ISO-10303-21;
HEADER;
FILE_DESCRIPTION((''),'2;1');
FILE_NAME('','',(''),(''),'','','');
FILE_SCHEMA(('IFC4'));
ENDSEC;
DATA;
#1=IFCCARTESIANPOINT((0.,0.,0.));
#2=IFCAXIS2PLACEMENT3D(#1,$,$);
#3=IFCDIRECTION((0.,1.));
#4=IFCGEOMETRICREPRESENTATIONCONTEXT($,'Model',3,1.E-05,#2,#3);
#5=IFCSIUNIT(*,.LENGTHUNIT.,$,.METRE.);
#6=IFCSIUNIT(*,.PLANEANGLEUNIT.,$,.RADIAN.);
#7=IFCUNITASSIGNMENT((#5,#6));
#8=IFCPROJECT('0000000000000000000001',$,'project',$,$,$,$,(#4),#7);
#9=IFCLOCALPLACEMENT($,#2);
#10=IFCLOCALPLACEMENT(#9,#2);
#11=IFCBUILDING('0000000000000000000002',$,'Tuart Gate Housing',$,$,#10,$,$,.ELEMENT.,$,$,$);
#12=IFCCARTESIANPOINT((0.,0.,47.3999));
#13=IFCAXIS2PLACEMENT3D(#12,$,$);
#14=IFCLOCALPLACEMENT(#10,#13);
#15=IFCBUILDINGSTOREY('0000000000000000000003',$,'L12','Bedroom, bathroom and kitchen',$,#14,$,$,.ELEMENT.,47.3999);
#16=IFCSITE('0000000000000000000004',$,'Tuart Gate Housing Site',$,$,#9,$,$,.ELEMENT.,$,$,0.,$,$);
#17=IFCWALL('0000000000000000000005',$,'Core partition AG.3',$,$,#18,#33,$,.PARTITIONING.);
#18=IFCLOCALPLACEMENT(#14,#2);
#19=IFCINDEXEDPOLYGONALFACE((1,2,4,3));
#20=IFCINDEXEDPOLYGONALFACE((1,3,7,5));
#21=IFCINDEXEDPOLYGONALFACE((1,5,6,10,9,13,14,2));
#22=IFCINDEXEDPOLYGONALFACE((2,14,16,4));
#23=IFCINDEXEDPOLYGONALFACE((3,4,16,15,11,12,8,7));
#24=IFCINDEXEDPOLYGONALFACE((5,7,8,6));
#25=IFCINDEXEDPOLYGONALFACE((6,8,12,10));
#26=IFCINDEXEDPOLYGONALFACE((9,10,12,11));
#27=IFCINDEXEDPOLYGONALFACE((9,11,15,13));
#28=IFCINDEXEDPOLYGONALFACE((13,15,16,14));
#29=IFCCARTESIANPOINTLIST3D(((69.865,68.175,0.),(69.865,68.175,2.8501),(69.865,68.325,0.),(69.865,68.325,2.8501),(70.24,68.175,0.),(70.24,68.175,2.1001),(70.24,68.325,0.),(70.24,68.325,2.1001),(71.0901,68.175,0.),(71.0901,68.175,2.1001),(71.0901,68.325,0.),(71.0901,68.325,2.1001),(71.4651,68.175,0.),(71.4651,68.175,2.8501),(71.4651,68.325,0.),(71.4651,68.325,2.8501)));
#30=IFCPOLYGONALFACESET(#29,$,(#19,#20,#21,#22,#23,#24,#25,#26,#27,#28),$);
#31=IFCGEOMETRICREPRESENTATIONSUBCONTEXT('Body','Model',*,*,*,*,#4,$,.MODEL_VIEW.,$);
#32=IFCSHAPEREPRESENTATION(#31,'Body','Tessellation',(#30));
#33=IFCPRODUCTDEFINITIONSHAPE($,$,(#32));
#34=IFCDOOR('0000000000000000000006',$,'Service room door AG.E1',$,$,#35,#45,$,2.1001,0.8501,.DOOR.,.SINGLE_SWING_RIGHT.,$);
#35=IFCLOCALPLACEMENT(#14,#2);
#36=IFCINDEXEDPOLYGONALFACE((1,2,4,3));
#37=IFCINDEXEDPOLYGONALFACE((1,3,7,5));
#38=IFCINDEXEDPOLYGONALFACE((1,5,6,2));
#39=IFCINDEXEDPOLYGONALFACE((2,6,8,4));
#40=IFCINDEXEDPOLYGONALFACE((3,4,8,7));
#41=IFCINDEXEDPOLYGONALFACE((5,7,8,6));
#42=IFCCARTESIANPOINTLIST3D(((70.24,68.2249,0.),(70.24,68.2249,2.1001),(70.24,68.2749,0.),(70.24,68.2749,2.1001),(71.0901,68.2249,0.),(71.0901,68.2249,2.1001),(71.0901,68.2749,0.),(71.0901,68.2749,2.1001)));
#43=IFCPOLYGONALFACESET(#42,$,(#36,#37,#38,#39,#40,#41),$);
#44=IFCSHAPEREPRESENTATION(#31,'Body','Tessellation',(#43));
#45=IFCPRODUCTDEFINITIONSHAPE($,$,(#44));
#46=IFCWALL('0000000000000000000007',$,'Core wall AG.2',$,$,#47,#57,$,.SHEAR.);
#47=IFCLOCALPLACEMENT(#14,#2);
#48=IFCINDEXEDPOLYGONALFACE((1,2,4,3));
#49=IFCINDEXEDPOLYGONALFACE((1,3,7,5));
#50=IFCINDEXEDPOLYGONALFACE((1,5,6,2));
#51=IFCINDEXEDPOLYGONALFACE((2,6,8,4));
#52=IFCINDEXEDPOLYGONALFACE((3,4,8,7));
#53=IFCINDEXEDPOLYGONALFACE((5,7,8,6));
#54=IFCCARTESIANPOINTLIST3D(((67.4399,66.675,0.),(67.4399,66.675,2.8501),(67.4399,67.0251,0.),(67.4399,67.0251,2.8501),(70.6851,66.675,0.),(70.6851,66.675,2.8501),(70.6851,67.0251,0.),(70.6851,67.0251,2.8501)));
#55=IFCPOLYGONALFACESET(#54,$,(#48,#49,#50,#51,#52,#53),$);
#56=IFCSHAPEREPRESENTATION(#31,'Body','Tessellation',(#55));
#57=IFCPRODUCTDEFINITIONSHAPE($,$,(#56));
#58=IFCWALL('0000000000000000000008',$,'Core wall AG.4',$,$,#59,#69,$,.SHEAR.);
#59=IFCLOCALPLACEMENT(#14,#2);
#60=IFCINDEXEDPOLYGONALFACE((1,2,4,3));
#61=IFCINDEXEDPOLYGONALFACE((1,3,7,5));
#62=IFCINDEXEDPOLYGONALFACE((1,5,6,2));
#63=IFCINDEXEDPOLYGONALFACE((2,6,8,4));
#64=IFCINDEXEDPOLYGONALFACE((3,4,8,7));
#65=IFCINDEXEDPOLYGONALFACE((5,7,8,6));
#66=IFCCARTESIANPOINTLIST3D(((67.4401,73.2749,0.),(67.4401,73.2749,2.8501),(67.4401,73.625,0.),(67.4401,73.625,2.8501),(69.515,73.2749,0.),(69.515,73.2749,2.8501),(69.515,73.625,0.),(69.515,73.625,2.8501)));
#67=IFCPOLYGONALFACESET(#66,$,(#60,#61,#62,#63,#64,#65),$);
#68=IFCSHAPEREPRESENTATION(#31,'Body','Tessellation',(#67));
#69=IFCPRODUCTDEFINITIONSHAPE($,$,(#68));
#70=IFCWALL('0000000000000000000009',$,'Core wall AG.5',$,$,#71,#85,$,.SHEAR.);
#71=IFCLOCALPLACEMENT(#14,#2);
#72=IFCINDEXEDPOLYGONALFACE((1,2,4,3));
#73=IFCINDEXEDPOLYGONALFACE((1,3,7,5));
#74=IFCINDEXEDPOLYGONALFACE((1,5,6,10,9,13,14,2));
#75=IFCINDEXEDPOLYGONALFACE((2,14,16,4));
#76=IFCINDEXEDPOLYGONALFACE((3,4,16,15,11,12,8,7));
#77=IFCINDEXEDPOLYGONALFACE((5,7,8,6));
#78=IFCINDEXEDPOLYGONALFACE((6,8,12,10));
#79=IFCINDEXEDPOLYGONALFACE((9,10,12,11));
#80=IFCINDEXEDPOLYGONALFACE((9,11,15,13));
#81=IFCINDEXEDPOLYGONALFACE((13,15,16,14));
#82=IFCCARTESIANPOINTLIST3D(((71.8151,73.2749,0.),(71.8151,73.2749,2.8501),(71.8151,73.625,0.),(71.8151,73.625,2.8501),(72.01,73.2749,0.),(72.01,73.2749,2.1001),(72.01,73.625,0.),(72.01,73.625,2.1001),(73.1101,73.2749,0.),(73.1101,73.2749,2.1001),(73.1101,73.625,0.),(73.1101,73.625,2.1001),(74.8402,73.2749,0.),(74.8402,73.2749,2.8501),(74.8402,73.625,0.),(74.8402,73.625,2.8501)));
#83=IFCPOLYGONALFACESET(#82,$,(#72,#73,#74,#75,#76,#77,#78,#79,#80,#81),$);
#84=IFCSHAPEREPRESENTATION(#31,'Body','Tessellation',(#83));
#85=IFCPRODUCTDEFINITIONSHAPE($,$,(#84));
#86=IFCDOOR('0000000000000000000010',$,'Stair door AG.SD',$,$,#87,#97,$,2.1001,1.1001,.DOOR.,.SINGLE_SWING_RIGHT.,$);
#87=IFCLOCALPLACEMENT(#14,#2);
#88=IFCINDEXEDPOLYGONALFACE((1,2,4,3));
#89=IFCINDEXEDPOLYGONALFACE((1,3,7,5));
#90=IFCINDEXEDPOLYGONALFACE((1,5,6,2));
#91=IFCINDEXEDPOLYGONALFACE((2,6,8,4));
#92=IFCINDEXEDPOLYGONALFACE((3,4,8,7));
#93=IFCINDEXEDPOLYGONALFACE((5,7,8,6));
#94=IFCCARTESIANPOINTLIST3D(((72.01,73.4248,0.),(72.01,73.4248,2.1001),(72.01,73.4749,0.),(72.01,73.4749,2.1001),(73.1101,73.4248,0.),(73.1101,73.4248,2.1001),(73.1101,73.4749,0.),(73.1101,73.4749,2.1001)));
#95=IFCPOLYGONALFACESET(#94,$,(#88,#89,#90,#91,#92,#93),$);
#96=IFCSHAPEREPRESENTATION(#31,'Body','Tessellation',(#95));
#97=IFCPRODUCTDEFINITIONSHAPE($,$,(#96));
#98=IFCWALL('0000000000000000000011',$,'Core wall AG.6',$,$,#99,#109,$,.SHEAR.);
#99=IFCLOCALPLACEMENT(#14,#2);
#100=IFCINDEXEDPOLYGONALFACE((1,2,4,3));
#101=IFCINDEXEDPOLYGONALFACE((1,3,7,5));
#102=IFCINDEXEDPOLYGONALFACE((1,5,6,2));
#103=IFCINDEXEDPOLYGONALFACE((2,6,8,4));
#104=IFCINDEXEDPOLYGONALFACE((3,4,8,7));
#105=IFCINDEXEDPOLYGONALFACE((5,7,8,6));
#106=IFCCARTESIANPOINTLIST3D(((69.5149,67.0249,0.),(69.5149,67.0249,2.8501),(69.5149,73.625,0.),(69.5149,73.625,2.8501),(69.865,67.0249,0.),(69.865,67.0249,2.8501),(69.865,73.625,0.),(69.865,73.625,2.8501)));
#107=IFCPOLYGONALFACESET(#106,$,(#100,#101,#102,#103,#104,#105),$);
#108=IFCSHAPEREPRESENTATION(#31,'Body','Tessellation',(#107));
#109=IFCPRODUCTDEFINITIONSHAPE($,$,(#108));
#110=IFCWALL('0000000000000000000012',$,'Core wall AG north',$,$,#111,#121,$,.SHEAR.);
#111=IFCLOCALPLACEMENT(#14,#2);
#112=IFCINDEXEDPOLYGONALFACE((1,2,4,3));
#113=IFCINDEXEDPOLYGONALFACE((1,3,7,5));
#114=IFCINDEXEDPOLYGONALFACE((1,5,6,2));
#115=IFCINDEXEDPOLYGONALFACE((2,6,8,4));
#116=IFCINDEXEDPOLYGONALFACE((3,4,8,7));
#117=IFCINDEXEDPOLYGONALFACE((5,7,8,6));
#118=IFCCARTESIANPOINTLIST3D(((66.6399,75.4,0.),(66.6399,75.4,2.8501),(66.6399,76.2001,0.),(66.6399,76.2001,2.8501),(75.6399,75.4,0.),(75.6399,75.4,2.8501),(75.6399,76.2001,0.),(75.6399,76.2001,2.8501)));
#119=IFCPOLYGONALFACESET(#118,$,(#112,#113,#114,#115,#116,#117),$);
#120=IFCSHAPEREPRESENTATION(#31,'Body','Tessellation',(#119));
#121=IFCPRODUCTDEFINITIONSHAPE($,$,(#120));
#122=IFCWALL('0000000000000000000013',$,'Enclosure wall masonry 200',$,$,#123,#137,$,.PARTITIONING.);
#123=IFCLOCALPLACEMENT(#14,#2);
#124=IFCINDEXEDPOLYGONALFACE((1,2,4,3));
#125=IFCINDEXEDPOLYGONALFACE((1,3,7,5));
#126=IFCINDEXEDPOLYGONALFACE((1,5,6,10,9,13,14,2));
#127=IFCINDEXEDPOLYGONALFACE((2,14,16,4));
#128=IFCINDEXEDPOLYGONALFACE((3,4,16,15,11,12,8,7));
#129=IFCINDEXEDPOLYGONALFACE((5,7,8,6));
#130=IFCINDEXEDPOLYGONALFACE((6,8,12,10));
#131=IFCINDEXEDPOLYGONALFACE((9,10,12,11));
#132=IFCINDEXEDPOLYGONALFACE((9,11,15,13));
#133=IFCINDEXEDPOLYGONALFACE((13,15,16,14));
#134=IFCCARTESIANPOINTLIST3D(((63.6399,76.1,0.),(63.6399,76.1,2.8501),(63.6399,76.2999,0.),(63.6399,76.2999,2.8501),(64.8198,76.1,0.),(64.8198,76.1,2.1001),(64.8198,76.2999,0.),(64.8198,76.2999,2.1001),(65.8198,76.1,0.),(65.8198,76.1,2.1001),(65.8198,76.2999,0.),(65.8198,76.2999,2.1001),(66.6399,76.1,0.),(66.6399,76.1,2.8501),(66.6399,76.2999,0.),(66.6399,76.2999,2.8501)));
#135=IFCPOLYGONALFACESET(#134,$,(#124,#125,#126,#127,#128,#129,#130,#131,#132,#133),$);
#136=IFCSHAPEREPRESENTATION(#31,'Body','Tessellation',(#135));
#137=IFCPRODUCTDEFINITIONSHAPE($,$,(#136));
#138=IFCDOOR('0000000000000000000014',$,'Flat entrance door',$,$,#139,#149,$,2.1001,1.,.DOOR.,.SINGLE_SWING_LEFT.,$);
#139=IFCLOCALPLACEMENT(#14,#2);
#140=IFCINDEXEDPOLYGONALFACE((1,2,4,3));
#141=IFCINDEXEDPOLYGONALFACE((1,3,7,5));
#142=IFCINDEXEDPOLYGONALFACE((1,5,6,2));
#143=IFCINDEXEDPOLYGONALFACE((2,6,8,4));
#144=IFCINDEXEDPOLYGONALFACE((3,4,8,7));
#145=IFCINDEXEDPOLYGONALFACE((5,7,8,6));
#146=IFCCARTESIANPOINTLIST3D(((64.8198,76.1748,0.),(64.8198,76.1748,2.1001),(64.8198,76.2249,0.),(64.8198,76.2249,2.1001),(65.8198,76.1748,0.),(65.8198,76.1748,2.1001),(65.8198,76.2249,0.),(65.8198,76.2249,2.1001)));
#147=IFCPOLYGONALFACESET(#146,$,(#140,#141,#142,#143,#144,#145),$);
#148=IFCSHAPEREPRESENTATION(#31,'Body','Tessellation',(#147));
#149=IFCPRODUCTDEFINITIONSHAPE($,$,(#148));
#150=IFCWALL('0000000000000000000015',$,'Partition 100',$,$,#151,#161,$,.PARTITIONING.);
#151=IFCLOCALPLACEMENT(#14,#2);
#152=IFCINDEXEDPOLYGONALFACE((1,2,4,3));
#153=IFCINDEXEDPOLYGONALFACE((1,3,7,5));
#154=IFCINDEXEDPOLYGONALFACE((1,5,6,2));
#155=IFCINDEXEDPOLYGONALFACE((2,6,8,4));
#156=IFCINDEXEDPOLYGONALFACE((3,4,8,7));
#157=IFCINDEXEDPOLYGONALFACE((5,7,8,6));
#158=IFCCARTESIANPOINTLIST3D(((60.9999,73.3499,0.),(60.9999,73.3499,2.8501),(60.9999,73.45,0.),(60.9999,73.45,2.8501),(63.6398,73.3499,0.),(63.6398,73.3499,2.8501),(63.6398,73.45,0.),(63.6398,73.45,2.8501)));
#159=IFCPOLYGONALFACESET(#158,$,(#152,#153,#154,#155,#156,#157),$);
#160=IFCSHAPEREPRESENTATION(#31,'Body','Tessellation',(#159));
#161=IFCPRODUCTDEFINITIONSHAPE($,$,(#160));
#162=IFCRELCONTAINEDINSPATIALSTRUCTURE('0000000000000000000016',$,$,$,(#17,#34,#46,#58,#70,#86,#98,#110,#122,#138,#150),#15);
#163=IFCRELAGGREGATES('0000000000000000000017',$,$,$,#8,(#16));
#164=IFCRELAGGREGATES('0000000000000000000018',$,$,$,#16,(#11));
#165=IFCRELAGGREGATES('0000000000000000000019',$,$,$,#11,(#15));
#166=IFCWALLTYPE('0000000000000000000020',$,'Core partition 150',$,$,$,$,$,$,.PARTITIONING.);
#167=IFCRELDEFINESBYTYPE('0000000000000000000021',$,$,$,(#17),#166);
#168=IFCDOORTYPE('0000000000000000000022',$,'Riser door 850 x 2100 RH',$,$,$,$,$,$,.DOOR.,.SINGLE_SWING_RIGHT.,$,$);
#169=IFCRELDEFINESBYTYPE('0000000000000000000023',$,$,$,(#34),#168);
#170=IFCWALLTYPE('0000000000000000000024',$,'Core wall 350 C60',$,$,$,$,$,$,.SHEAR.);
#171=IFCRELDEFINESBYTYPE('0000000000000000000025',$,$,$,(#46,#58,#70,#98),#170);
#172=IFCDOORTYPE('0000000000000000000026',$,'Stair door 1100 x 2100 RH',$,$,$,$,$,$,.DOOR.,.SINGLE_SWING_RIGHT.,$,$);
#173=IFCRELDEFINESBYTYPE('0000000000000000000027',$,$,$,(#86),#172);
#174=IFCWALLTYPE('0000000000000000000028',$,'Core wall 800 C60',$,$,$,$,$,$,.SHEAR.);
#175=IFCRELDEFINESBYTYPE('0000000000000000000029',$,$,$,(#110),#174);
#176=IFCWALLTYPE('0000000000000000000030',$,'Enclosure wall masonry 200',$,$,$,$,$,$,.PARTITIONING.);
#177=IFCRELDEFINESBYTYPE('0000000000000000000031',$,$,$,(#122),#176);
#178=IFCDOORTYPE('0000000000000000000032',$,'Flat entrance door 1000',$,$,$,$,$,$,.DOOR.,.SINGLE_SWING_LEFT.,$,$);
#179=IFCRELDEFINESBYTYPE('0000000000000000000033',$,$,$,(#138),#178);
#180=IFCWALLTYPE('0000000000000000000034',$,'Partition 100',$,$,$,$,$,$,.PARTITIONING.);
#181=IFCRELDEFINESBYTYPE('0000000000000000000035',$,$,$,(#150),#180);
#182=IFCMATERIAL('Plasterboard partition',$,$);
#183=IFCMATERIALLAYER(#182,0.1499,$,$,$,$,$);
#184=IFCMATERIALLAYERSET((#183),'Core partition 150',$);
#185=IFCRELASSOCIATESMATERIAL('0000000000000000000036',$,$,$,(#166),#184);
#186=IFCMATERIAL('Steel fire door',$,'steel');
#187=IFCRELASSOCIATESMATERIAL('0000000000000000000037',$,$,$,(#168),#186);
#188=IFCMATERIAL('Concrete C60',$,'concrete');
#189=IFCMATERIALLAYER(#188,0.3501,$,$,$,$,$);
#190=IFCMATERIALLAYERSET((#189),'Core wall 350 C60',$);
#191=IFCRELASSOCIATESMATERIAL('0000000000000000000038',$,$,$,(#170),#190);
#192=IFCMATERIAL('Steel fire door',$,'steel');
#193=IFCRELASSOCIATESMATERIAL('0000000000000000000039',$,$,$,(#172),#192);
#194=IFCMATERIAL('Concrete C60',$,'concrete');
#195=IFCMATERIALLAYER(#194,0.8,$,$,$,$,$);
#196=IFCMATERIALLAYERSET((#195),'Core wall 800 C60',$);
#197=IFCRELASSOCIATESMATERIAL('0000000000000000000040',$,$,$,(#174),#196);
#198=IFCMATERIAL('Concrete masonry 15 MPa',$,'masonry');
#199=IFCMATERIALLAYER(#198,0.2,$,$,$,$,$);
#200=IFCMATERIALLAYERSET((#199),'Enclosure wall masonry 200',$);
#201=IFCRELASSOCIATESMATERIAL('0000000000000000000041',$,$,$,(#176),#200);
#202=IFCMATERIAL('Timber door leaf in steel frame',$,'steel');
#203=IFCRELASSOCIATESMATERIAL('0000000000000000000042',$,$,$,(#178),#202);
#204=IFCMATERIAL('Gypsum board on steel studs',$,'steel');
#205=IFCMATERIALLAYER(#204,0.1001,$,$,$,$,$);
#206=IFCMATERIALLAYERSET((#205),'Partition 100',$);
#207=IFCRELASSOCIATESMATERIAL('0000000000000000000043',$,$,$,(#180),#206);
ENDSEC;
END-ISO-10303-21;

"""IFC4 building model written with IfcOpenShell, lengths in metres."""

from ifc_helpers import new_model, si_unit, direction, frame, frame_2d, origin, place, context, subcontext, project, spatial, rectangle, extrude, material, layer, layer_set, type_object, element, fill, save


model = new_model("IFC4")

# Units and contexts
model_context = context("Model", 3, precision=1e-05, world=origin(), true_north=direction((0.0, 1.0)))
body_context = subcontext(model_context, "Body", "Model", "MODEL_VIEW")
ifc_project = project(units=[si_unit("LENGTHUNIT", "METRE"), si_unit("PLANEANGLEUNIT", "RADIAN")], contexts=[model_context])

# Site, building, storey
site_placement = place(None, origin())
site = spatial("IfcSite", under=ifc_project, at=site_placement, Name="Tuart Gate Housing Site", CompositionType="ELEMENT", RefElevation=0.0)
building_placement = place(site_placement, origin())
building = spatial("IfcBuilding", under=site, at=building_placement, Name="Tuart Gate Housing", CompositionType="ELEMENT")
storey_placement = place(building_placement, frame((0.0, 0.0, 47.3999)))
storey = spatial("IfcBuildingStorey", under=building, at=storey_placement, Name="L12", Description="Bedroom, bathroom and kitchen", CompositionType="ELEMENT", Elevation=47.3999)

# Wall, opening, door
ifc_material_1 = material(Name="Plasterboard partition")
ifc_layer_1 = layer(ifc_material_1, 0.1499)
ifc_layer_set_1 = layer_set([ifc_layer_1], Name="Core partition 150")
wall_type_1 = type_object("IfcWallType", Name="Core partition 150", PredefinedType="PARTITIONING", material=ifc_layer_set_1)
wall_1_placement = place(storey_placement, frame((69.865, 68.25, 0.0), z_axis=(0.0, 0.0, 1.0), x_axis=(1.0, 0.0, 0.0)))
wall_1 = element("IfcWall", 1, at=wall_1_placement, inside=storey, type_object=wall_type_1, Name="Core partition AG.3", PredefinedType="PARTITIONING", context=body_context, shape_type="SweptSolid", body=[
    extrude(rectangle(XDim=1.6001, YDim=0.1499, at=frame_2d((0.8, 0.0))), origin(), (0.0, 0.0, 1.0), 2.8501),
])
opening_1_placement = place(wall_1_placement, frame((0.375, 0.0, 0.0)))
opening_1 = element("IfcOpeningElement", 2, at=opening_1_placement, cuts=wall_1, PredefinedType="OPENING", context=body_context, shape_type="SweptSolid", body=[
    extrude(rectangle(XDim=0.8501, YDim=2.1001, at=frame_2d((0.425, 1.05))), frame((0.0, 0.085, 0.0), z_axis=(0.0, -1.0, 0.0), x_axis=(1.0, 0.0, 0.0)), (0.0, 0.0, 1.0), 0.1699),
])
ifc_material_2 = material(Name="Steel fire door", Category="steel")
door_type_1 = type_object("IfcDoorType", Name="Riser door 850 x 2100 RH", OperationType="SINGLE_SWING_RIGHT", PredefinedType="DOOR", material=ifc_material_2)
door_1_placement = place(opening_1_placement, frame((0.8501, 0.0, 0.0), z_axis=(0.0, 0.0, 1.0), x_axis=(-1.0, 0.0, 0.0)))
door_1 = element("IfcDoor", 3, at=door_1_placement, inside=storey, type_object=door_type_1, Name="Service room door AG.E1", OperationType="SINGLE_SWING_RIGHT", OverallHeight=2.1001, OverallWidth=0.8501, PredefinedType="DOOR", context=body_context, shape_type="SweptSolid", body=[
    extrude(rectangle(XDim=0.8501, YDim=2.1001, at=frame_2d((0.425, 1.05))), frame((0.0, 0.0251, 0.0), z_axis=(0.0, -1.0, 0.0), x_axis=(1.0, 0.0, 0.0)), (0.0, 0.0, 1.0), 0.05),
])
fill(opening_1, door_1)

# Walls
ifc_material_3 = material(Name="Concrete C60", Category="concrete")
ifc_layer_2 = layer(ifc_material_3, 0.3501)
ifc_layer_set_2 = layer_set([ifc_layer_2], Name="Core wall 350 C60")
wall_type_2 = type_object("IfcWallType", Name="Core wall 350 C60", PredefinedType="SHEAR", material=ifc_layer_set_2)
wall_2_placement = place(storey_placement, frame((67.4399, 66.8501, 0.0), z_axis=(0.0, 0.0, 1.0), x_axis=(1.0, 0.0, 0.0)))
element("IfcWall", 4, at=wall_2_placement, inside=storey, type_object=wall_type_2, Name="Core wall AG.2", PredefinedType="SHEAR", context=body_context, shape_type="SweptSolid", body=[
    extrude(rectangle(XDim=3.2451, YDim=0.3501, at=frame_2d((1.6226, 0.0))), origin(), (0.0, 0.0, 1.0), 2.8501),
])
wall_3_placement = place(storey_placement, frame((67.4399, 73.45, 0.0), z_axis=(0.0, 0.0, 1.0), x_axis=(1.0, 0.0, 0.0)))
element("IfcWall", 5, at=wall_3_placement, inside=storey, type_object=wall_type_2, Name="Core wall AG.4", PredefinedType="SHEAR", context=body_context, shape_type="SweptSolid", body=[
    extrude(rectangle(XDim=2.075, YDim=0.3501, at=frame_2d((1.0376, 0.0))), origin(), (0.0, 0.0, 1.0), 2.8501),
])

# Wall, opening, door
wall_4_placement = place(storey_placement, frame((71.8149, 73.45, 0.0), z_axis=(0.0, 0.0, 1.0), x_axis=(1.0, 0.0, 0.0)))
wall_4 = element("IfcWall", 6, at=wall_4_placement, inside=storey, type_object=wall_type_2, Name="Core wall AG.5", PredefinedType="SHEAR", context=body_context, shape_type="SweptSolid", body=[
    extrude(rectangle(XDim=3.0251, YDim=0.3501, at=frame_2d((1.5127, 0.0))), origin(), (0.0, 0.0, 1.0), 2.8501),
])
opening_2_placement = place(wall_4_placement, frame((0.1951, 0.0, 0.0)))
opening_2 = element("IfcOpeningElement", 7, at=opening_2_placement, cuts=wall_4, PredefinedType="OPENING", context=body_context, shape_type="SweptSolid", body=[
    extrude(rectangle(XDim=1.1001, YDim=2.1001, at=frame_2d((0.55, 1.05))), frame((0.0, 0.1851, 0.0), z_axis=(0.0, -1.0, 0.0), x_axis=(1.0, 0.0, 0.0)), (0.0, 0.0, 1.0), 0.3701),
])
ifc_material_4 = material(Name="Steel fire door", Category="steel")
door_type_2 = type_object("IfcDoorType", Name="Stair door 1100 x 2100 RH", OperationType="SINGLE_SWING_RIGHT", PredefinedType="DOOR", material=ifc_material_4)
door_2_placement = place(opening_2_placement, frame((1.1001, 0.0, 0.0), z_axis=(0.0, 0.0, 1.0), x_axis=(-1.0, 0.0, 0.0)))
door_2 = element("IfcDoor", 8, at=door_2_placement, inside=storey, type_object=door_type_2, Name="Stair door AG.SD", OperationType="SINGLE_SWING_RIGHT", OverallHeight=2.1001, OverallWidth=1.1001, PredefinedType="DOOR", context=body_context, shape_type="SweptSolid", body=[
    extrude(rectangle(XDim=1.1001, YDim=2.1001, at=frame_2d((0.55, 1.05))), frame((0.0, 0.0251, 0.0), z_axis=(0.0, -1.0, 0.0), x_axis=(1.0, 0.0, 0.0)), (0.0, 0.0, 1.0), 0.05),
])
fill(opening_2, door_2)

# Walls
wall_5_placement = place(storey_placement, frame((69.6899, 67.0249, 0.0), z_axis=(0.0, 0.0, 1.0), x_axis=(0.0, 1.0, 0.0)))
element("IfcWall", 9, at=wall_5_placement, inside=storey, type_object=wall_type_2, Name="Core wall AG.6", PredefinedType="SHEAR", context=body_context, shape_type="SweptSolid", body=[
    extrude(rectangle(XDim=6.6001, YDim=0.3501, at=frame_2d((3.3, 0.0))), origin(), (0.0, 0.0, 1.0), 2.8501),
])
ifc_material_5 = material(Name="Concrete C60", Category="concrete")
ifc_layer_3 = layer(ifc_material_5, 0.8)
ifc_layer_set_3 = layer_set([ifc_layer_3], Name="Core wall 800 C60")
wall_type_3 = type_object("IfcWallType", Name="Core wall 800 C60", PredefinedType="SHEAR", material=ifc_layer_set_3)
wall_6_placement = place(storey_placement, frame((66.6399, 75.8, 0.0), z_axis=(0.0, 0.0, 1.0), x_axis=(1.0, 0.0, 0.0)))
element("IfcWall", 10, at=wall_6_placement, inside=storey, type_object=wall_type_3, Name="Core wall AG north", PredefinedType="SHEAR", context=body_context, shape_type="SweptSolid", body=[
    extrude(rectangle(XDim=9.0, YDim=0.8, at=frame_2d((4.5, 0.0))), origin(), (0.0, 0.0, 1.0), 2.8501),
])

# Wall, opening, door
ifc_material_6 = material(Name="Concrete masonry 15 MPa", Category="masonry")
ifc_layer_4 = layer(ifc_material_6, 0.2)
ifc_layer_set_4 = layer_set([ifc_layer_4], Name="Enclosure wall masonry 200")
wall_type_4 = type_object("IfcWallType", Name="Enclosure wall masonry 200", PredefinedType="PARTITIONING", material=ifc_layer_set_4)
wall_7_placement = place(storey_placement, frame((63.6399, 76.2, 0.0), z_axis=(0.0, 0.0, 1.0), x_axis=(1.0, 0.0, 0.0)))
wall_7 = element("IfcWall", 11, at=wall_7_placement, inside=storey, type_object=wall_type_4, Name="Enclosure wall masonry 200", PredefinedType="PARTITIONING", context=body_context, shape_type="SweptSolid", body=[
    extrude(rectangle(XDim=3.0, YDim=0.2, at=frame_2d((1.5, 0.0))), origin(), (0.0, 0.0, 1.0), 2.8501),
])
opening_3_placement = place(wall_7_placement, frame((1.1799, 0.0, 0.0)))
opening_3 = element("IfcOpeningElement", 12, at=opening_3_placement, cuts=wall_7, PredefinedType="OPENING", context=body_context, shape_type="SweptSolid", body=[
    extrude(rectangle(XDim=1.0, YDim=2.1001, at=frame_2d((0.5, 1.05))), frame((0.0, 0.1099, 0.0), z_axis=(0.0, -1.0, 0.0), x_axis=(1.0, 0.0, 0.0)), (0.0, 0.0, 1.0), 0.22),
])
ifc_material_7 = material(Name="Timber door leaf in steel frame", Category="steel")
door_type_3 = type_object("IfcDoorType", Name="Flat entrance door 1000", OperationType="SINGLE_SWING_LEFT", PredefinedType="DOOR", material=ifc_material_7)
door_3_placement = place(opening_3_placement, origin())
door_3 = element("IfcDoor", 13, at=door_3_placement, inside=storey, type_object=door_type_3, Name="Flat entrance door", OperationType="SINGLE_SWING_LEFT", OverallHeight=2.1001, OverallWidth=1.0, PredefinedType="DOOR", context=body_context, shape_type="SweptSolid", body=[
    extrude(rectangle(XDim=1.0, YDim=2.1001, at=frame_2d((0.5, 1.05))), frame((0.0, 0.0249, 0.0), z_axis=(0.0, -1.0, 0.0), x_axis=(1.0, 0.0, 0.0)), (0.0, 0.0, 1.0), 0.05),
])
fill(opening_3, door_3)

# Wall
ifc_material_8 = material(Name="Gypsum board on steel studs", Category="steel")
ifc_layer_5 = layer(ifc_material_8, 0.1001)
ifc_layer_set_5 = layer_set([ifc_layer_5], Name="Partition 100")
wall_type_5 = type_object("IfcWallType", Name="Partition 100", PredefinedType="PARTITIONING", material=ifc_layer_set_5)
wall_8_placement = place(storey_placement, frame((61.0, 73.3999, 0.0), z_axis=(0.0, 0.0, 1.0), x_axis=(1.0, 0.0, 0.0)))
element("IfcWall", 14, at=wall_8_placement, inside=storey, type_object=wall_type_5, Name="Partition 100", PredefinedType="PARTITIONING", context=body_context, shape_type="SweptSolid", body=[
    extrude(rectangle(XDim=2.6399, YDim=0.1001, at=frame_2d((1.3198, 0.0))), origin(), (0.0, 0.0, 1.0), 2.8501),
])

save(model, "model.ifc")
